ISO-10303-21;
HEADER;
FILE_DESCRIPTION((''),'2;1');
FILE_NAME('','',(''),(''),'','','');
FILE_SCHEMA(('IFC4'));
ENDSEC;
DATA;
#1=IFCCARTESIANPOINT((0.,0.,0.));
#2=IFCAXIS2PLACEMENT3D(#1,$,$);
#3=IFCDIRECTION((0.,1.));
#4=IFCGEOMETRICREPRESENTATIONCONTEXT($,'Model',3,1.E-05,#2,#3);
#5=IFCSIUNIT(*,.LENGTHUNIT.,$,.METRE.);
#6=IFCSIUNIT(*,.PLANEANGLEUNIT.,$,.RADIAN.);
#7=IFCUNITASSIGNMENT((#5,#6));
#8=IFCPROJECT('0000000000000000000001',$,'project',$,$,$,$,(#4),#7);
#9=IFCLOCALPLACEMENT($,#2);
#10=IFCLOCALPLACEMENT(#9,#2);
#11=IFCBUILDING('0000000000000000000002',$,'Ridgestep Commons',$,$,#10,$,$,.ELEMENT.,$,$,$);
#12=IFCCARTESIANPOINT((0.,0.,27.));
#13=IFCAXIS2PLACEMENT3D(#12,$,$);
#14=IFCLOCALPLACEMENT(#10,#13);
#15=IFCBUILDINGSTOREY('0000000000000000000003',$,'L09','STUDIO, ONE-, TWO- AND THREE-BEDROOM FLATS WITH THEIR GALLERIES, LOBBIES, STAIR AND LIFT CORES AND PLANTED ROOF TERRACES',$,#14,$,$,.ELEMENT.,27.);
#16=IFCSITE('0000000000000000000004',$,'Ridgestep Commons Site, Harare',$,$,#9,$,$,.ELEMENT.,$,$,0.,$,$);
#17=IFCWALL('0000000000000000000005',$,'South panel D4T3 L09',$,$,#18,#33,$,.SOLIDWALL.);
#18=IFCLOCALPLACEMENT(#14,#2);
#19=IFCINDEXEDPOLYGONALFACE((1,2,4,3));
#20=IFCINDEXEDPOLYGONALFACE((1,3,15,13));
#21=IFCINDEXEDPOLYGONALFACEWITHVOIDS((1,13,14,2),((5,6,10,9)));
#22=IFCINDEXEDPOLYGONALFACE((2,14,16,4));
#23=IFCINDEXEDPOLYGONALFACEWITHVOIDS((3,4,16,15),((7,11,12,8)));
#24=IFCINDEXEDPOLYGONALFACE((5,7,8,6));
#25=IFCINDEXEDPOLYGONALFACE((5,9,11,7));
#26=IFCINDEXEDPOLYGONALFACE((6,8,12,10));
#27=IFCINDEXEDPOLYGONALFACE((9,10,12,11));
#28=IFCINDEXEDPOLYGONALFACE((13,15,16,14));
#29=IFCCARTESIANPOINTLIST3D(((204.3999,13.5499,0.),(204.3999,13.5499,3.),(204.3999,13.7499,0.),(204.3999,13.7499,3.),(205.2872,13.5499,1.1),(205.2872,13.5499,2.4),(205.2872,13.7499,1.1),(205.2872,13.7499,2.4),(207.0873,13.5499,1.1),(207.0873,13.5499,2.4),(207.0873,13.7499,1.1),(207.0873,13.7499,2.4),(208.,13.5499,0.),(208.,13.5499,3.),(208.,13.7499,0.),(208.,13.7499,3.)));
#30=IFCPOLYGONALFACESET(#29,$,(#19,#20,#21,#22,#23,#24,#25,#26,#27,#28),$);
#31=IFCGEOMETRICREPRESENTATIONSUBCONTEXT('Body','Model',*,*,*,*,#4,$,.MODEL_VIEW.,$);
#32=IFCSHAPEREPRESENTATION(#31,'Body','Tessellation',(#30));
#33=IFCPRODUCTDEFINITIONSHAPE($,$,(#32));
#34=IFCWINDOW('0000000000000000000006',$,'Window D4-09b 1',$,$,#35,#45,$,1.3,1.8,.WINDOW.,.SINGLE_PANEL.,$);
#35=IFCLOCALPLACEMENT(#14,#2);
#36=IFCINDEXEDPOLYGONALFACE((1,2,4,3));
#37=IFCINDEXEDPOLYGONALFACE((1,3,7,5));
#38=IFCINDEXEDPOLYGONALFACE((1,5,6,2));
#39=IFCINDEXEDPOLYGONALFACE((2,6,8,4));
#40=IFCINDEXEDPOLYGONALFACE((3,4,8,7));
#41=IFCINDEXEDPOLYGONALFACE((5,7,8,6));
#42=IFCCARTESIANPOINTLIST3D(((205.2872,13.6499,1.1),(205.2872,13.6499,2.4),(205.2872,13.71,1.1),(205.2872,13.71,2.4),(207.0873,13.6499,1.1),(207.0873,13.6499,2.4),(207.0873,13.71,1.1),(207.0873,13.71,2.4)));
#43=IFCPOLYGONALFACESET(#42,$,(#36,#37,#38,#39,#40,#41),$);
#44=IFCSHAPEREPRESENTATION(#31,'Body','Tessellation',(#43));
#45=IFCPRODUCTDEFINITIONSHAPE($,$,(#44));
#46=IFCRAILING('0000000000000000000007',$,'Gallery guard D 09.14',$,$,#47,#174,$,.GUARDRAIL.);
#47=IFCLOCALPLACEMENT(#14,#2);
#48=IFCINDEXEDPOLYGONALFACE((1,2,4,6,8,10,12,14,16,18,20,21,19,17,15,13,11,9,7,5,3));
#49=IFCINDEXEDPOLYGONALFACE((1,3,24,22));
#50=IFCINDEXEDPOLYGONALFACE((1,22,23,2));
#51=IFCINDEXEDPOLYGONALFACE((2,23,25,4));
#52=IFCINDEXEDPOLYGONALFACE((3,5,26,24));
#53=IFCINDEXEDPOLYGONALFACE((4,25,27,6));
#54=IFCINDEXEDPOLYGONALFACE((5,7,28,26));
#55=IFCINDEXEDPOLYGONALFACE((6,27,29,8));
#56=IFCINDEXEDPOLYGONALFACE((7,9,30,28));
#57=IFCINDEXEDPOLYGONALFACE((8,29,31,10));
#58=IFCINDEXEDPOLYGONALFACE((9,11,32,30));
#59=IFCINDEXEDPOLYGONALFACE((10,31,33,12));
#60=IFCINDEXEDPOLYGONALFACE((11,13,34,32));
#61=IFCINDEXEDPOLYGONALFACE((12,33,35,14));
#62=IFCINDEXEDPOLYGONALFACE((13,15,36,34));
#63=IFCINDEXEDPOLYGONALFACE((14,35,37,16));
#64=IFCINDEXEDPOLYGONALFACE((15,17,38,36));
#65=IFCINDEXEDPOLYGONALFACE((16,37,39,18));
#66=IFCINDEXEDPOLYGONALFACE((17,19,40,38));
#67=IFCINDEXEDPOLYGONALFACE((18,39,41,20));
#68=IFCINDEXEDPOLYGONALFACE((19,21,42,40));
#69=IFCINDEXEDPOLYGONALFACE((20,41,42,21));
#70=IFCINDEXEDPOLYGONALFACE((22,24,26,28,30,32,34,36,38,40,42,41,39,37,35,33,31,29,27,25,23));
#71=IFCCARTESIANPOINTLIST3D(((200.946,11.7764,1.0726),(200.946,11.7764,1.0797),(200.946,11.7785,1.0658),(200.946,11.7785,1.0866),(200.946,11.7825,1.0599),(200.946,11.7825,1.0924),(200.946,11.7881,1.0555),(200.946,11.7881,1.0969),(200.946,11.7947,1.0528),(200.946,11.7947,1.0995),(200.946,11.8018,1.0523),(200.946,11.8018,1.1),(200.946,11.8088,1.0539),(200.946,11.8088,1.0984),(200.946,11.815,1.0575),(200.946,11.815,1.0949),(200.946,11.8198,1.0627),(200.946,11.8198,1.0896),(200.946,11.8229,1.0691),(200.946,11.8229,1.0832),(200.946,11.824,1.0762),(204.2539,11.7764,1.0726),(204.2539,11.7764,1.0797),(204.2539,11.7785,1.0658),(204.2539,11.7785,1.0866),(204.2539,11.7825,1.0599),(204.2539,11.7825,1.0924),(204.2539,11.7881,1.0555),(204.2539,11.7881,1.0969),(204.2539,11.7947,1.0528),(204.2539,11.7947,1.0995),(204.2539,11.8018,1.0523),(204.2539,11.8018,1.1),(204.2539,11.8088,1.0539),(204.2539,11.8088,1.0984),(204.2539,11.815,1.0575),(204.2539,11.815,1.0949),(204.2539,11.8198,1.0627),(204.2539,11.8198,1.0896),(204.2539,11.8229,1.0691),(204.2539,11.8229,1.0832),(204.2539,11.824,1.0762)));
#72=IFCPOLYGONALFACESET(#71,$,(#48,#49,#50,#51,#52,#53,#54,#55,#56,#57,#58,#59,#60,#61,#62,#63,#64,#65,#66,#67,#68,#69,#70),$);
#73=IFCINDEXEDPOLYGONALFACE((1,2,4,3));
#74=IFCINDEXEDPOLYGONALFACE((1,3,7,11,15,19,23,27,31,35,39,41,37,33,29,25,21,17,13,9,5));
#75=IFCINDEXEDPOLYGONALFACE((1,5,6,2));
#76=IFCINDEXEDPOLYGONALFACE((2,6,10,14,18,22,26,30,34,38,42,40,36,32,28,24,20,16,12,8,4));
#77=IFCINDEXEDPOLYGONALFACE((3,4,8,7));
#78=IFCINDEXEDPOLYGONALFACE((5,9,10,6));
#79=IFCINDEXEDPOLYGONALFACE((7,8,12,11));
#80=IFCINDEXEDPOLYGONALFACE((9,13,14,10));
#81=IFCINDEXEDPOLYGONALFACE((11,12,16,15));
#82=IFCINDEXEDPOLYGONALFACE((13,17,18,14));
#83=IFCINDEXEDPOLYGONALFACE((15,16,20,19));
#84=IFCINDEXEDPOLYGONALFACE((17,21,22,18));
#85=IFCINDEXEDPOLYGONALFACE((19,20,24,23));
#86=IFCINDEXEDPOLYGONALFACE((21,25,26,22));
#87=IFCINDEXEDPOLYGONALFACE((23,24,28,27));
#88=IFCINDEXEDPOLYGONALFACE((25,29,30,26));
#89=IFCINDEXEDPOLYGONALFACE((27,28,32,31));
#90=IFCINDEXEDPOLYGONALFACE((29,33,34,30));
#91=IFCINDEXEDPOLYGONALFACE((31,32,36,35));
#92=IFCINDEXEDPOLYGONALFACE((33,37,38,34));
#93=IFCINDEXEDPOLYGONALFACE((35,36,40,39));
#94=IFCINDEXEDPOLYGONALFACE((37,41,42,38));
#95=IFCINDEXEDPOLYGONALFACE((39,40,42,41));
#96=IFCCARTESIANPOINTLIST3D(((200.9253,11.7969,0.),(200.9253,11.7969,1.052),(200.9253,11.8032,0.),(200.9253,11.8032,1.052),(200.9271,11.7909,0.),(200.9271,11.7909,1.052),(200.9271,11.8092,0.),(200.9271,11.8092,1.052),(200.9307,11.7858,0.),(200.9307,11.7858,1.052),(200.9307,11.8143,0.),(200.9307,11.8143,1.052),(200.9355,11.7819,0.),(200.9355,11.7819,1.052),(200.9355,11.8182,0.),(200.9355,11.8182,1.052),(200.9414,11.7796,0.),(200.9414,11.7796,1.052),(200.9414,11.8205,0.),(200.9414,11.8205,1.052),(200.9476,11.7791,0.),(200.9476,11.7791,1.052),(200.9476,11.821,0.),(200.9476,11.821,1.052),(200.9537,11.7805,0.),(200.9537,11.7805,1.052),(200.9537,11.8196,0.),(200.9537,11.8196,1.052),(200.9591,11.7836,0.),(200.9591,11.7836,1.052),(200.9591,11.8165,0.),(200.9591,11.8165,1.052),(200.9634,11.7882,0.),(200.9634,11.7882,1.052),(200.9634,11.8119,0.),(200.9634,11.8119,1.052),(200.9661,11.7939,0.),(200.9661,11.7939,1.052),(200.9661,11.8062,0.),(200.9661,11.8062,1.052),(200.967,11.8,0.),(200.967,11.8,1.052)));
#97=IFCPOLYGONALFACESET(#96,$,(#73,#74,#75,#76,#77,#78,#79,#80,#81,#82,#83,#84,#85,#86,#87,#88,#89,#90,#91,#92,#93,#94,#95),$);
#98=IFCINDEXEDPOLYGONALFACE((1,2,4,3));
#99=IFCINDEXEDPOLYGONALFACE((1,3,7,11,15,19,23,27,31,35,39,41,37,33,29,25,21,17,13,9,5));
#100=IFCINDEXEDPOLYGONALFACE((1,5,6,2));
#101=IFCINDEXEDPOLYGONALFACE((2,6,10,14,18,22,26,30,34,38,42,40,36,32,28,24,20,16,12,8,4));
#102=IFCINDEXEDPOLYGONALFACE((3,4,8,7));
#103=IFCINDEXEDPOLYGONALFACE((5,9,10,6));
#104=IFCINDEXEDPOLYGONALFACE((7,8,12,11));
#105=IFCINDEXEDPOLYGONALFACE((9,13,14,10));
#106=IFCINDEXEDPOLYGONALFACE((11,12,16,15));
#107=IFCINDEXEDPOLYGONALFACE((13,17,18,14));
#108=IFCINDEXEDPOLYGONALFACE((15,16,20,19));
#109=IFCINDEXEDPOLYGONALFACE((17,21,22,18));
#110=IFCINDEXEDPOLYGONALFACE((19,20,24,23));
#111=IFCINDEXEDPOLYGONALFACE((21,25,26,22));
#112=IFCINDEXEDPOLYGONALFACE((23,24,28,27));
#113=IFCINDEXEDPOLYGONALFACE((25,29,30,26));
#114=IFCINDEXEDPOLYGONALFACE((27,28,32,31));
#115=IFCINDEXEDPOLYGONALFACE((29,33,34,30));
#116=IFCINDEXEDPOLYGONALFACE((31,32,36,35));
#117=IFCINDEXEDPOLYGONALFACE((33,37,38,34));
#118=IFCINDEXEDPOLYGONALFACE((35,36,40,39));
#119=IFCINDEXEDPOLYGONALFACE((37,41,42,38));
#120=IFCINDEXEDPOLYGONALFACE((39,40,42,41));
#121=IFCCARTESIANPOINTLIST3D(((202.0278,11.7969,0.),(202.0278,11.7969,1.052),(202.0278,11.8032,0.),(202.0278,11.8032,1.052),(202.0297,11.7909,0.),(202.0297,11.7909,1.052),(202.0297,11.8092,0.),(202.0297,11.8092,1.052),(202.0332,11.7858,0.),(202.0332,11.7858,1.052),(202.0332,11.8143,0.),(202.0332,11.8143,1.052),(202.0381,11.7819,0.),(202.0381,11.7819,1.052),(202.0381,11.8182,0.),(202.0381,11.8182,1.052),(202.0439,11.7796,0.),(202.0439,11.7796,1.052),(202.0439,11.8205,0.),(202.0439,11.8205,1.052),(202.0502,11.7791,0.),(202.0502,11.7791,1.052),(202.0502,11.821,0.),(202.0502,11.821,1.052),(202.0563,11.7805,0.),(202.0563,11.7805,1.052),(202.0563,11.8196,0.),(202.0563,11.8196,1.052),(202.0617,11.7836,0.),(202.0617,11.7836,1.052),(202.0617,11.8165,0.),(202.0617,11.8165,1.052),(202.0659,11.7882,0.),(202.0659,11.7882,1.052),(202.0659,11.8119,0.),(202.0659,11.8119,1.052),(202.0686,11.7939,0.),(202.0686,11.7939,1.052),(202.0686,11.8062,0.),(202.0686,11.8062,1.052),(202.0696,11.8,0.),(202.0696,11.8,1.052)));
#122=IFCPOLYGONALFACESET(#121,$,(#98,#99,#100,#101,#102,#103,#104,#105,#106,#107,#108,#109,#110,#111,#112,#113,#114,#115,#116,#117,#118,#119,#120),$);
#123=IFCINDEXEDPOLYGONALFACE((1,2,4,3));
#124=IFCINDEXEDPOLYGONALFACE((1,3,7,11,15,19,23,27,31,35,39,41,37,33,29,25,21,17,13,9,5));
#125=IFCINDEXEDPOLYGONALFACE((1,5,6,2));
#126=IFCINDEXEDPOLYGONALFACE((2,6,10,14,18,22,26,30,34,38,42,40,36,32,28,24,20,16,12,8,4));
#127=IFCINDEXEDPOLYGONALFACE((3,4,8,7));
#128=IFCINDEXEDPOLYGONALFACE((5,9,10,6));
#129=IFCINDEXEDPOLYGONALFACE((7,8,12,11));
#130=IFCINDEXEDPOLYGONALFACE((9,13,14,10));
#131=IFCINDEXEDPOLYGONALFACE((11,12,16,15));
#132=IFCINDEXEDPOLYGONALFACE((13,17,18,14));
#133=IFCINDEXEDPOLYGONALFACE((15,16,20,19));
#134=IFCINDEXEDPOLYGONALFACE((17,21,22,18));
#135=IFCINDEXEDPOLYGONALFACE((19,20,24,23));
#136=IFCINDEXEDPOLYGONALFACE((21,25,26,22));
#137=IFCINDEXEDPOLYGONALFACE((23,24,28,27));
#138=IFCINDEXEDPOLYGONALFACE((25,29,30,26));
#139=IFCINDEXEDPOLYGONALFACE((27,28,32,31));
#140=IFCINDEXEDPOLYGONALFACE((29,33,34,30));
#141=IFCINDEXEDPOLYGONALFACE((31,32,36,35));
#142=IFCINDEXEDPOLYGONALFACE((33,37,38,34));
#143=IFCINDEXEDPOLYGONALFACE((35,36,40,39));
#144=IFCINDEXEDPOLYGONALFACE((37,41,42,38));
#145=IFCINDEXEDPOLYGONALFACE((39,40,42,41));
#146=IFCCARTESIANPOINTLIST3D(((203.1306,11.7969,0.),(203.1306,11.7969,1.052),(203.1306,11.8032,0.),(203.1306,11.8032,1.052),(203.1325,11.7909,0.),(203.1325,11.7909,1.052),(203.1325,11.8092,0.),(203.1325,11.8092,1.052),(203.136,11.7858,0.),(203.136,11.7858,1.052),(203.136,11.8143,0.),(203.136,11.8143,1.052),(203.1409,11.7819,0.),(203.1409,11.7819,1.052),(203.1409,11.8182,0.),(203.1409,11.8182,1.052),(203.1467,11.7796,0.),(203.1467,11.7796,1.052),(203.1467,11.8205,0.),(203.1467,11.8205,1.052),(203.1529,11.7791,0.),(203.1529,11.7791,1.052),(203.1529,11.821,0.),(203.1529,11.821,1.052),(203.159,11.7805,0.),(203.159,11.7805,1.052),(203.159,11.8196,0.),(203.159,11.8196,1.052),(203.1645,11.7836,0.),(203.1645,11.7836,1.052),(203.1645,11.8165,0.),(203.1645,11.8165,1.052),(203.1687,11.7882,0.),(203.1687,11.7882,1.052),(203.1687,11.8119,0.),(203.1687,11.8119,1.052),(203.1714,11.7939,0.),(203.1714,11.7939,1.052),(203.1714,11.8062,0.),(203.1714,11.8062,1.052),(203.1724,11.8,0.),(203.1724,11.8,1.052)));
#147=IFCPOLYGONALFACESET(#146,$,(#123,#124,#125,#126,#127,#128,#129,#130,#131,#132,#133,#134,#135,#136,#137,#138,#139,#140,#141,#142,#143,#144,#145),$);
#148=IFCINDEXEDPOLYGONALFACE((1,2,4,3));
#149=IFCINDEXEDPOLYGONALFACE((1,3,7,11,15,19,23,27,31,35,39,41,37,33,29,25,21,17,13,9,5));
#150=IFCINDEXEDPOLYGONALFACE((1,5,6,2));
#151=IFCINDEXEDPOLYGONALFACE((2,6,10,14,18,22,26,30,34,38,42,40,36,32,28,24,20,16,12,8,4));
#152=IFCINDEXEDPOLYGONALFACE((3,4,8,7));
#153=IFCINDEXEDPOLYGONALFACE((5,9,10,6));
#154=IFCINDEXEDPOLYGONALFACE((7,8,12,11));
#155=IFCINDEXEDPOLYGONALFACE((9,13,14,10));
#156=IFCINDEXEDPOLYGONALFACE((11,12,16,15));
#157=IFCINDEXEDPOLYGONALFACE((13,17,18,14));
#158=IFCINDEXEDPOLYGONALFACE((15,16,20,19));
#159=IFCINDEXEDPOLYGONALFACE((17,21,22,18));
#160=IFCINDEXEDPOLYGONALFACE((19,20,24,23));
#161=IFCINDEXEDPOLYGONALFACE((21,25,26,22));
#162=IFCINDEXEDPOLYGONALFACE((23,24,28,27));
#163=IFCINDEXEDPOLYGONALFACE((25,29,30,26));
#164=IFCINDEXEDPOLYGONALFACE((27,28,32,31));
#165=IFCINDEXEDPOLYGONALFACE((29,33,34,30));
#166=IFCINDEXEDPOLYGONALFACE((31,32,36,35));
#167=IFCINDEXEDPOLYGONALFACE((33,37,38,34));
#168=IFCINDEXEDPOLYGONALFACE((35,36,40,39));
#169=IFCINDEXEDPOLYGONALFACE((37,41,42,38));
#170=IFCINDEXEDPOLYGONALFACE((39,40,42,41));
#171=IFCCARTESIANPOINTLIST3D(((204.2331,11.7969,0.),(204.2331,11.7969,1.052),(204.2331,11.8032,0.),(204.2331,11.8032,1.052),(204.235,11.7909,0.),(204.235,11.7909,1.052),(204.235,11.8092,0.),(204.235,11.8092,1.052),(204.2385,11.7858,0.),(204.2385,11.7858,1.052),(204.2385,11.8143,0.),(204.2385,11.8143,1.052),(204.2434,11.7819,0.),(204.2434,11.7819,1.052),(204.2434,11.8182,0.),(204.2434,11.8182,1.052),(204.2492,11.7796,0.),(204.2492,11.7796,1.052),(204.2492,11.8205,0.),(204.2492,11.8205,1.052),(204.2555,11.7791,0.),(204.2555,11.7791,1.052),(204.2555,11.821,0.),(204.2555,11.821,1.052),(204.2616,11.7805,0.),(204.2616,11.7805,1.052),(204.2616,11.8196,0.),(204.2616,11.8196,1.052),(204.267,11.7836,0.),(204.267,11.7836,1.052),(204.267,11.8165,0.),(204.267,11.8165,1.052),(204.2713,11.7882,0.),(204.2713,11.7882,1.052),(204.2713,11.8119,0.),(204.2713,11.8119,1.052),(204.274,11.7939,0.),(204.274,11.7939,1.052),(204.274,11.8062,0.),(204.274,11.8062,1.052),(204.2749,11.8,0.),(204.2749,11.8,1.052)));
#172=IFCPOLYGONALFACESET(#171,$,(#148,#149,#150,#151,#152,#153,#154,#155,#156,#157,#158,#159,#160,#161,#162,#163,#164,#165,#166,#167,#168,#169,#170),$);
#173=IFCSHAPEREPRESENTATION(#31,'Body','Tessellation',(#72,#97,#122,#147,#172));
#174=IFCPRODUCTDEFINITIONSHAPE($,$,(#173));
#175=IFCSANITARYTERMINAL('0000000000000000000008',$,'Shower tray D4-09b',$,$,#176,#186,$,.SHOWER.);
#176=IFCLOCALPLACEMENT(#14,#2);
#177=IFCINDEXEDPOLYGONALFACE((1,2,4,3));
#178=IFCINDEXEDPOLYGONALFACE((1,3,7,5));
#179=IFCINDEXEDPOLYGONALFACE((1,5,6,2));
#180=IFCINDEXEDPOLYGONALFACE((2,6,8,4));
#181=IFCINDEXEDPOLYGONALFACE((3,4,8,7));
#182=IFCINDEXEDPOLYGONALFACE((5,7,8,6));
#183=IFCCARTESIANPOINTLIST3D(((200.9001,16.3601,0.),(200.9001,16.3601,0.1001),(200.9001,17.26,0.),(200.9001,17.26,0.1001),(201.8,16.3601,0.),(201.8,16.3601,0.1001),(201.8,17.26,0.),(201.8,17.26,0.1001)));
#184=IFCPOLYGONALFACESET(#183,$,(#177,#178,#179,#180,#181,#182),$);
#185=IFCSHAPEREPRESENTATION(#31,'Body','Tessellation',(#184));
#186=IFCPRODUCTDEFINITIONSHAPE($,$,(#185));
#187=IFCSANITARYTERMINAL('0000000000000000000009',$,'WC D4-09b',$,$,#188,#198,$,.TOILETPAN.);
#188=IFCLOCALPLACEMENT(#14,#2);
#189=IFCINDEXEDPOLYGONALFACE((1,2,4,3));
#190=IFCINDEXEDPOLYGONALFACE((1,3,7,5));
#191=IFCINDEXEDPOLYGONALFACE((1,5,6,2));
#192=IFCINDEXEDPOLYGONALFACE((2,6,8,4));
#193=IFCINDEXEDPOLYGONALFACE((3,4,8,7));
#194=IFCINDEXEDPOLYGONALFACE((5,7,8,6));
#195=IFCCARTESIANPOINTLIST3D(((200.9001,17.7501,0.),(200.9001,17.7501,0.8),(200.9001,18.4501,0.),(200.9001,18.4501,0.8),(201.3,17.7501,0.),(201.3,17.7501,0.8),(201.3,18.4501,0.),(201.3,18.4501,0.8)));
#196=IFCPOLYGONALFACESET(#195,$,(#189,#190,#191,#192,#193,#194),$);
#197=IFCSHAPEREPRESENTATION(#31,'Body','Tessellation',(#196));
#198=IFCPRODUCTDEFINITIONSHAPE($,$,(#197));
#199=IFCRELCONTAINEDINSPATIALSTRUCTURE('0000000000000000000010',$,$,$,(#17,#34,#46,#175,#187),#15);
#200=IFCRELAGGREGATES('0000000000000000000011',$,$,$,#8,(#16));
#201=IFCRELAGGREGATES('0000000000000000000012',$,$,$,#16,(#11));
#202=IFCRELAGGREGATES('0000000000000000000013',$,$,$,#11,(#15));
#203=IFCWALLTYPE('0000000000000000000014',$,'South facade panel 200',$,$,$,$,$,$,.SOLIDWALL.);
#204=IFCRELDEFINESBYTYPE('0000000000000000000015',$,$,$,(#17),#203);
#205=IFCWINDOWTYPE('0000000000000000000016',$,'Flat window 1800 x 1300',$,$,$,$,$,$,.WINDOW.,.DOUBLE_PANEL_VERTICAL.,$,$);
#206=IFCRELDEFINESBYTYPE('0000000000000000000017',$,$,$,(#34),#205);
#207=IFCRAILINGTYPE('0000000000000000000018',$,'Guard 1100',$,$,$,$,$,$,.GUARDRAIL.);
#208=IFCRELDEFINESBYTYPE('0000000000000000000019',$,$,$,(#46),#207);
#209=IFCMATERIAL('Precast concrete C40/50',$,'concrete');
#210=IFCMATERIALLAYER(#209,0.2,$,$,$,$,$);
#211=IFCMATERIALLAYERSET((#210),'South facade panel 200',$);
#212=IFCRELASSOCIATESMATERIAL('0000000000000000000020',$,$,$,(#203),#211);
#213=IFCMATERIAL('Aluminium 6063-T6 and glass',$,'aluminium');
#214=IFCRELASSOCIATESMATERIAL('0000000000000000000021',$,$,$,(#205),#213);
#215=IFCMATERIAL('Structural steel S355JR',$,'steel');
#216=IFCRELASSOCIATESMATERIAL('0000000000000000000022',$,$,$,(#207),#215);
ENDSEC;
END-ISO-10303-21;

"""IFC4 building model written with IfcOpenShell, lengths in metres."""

from ifc_helpers import new_model, si_unit, direction, frame, frame_2d, origin, origin_2d, place, context, subcontext, project, spatial, rectangle, circle, extrude, material, layer, layer_set, type_object, element, fill, save


model = new_model("IFC4")

# Units and contexts
model_context = context("Model", 3, precision=1e-05, world=origin(), true_north=direction((0.0, 1.0)))
body_context = subcontext(model_context, "Body", "Model", "MODEL_VIEW")
ifc_project = project(units=[si_unit("LENGTHUNIT", "METRE"), si_unit("PLANEANGLEUNIT", "RADIAN")], contexts=[model_context])

# Site, building, storey
site_placement = place(None, origin())
site = spatial("IfcSite", under=ifc_project, at=site_placement, Name="Ridgestep Commons Site, Harare", CompositionType="ELEMENT", RefElevation=0.0)
building_placement = place(site_placement, origin())
building = spatial("IfcBuilding", under=site, at=building_placement, Name="Ridgestep Commons", CompositionType="ELEMENT")
storey_placement = place(building_placement, frame((0.0, 0.0, 27.0)))
storey = spatial("IfcBuildingStorey", under=building, at=storey_placement, Name="L09", Description="STUDIO, ONE-, TWO- AND THREE-BEDROOM FLATS WITH THEIR GALLERIES, LOBBIES, STAIR AND LIFT CORES AND PLANTED ROOF TERRACES", CompositionType="ELEMENT", Elevation=27.0)

# Wall, opening, window
ifc_material_1 = material(Name="Precast concrete C40/50", Category="concrete")
ifc_layer_1 = layer(ifc_material_1, 0.2)
ifc_layer_set_1 = layer_set([ifc_layer_1], Name="South facade panel 200")
wall_type_1 = type_object("IfcWallType", Name="South facade panel 200", PredefinedType="SOLIDWALL", material=ifc_layer_set_1)
wall_1_placement = place(storey_placement, frame((204.3999, 13.6499, 0.0), z_axis=(0.0, 0.0, 1.0), x_axis=(1.0, 0.0, 0.0)))
wall_1 = element("IfcWall", 1, at=wall_1_placement, inside=storey, type_object=wall_type_1, Name="South panel D4T3 L09", PredefinedType="SOLIDWALL", context=body_context, shape_type="SweptSolid", body=[
    extrude(rectangle(XDim=3.6001, YDim=0.2, at=frame_2d((1.8, 0.0))), origin(), (0.0, 0.0, 1.0), 3.0),
])
opening_1_placement = place(wall_1_placement, frame((0.8875, 0.0, 1.1001)))
opening_1 = element("IfcOpeningElement", 2, at=opening_1_placement, cuts=wall_1, PredefinedType="OPENING", context=body_context, shape_type="SweptSolid", body=[
    extrude(rectangle(XDim=1.8, YDim=1.3, at=frame_2d((0.8999, 0.6499))), frame((0.0, 0.1099, 0.0), z_axis=(0.0, -1.0, 0.0), x_axis=(1.0, 0.0, 0.0)), (0.0, 0.0, 1.0), 0.22),
])
ifc_material_2 = material(Name="Aluminium 6063-T6 and glass", Category="aluminium")
window_type = type_object("IfcWindowType", Name="Flat window 1800 x 1300", PartitioningType="DOUBLE_PANEL_VERTICAL", PredefinedType="WINDOW", material=ifc_material_2)
window_placement = place(opening_1_placement, origin())
window = element("IfcWindow", 3, at=window_placement, inside=storey, type_object=window_type, Name="Window D4-09b 1", OverallHeight=1.3, OverallWidth=1.8, PartitioningType="SINGLE_PANEL", PredefinedType="WINDOW", context=body_context, shape_type="SweptSolid", body=[
    extrude(rectangle(XDim=1.8, YDim=1.3, at=frame_2d((0.8999, 0.6499))), frame((0.0, 0.0601, 0.0), z_axis=(0.0, -1.0, 0.0), x_axis=(1.0, 0.0, 0.0)), (0.0, 0.0, 1.0), 0.0601),
])
fill(opening_1, window)

# Railing
ifc_material_3 = material(Name="Structural steel S355JR", Category="steel")
railing_type = type_object("IfcRailingType", Name="Guard 1100", PredefinedType="GUARDRAIL", material=ifc_material_3)
railing_placement = place(storey_placement, frame((200.946, 11.8, 0.0)))
element("IfcRailing", 4, at=railing_placement, inside=storey, type_object=railing_type, Name="Gallery guard D 09.14", PredefinedType="GUARDRAIL", context=body_context, shape_type="SweptSolid", body=[
    extrude(circle(Radius=0.0239, at=origin_2d()), frame((0.0, 0.0, 1.0762), z_axis=(1.0, 0.0, 0.0), x_axis=(0.0, 1.0, 0.0)), (0.0, 0.0, 1.0), 3.3079),
    extrude(circle(Radius=0.021, at=origin_2d()), origin(), (0.0, 0.0, 1.0), 1.052),
    extrude(circle(Radius=0.021, at=origin_2d()), frame((1.1025, 0.0, 0.0)), (0.0, 0.0, 1.0), 1.052),
    extrude(circle(Radius=0.021, at=origin_2d()), frame((2.2053, 0.0, 0.0)), (0.0, 0.0, 1.0), 1.052),
    extrude(circle(Radius=0.021, at=origin_2d()), frame((3.3079, 0.0, 0.0)), (0.0, 0.0, 1.0), 1.052),
])

# Sanitary terminals
sanitary_terminal_1_placement = place(storey_placement, frame((201.3501, 16.8101, 0.0), z_axis=(0.0, 0.0, 1.0), x_axis=(1.0, 0.0, 0.0)))
element("IfcSanitaryTerminal", 5, at=sanitary_terminal_1_placement, inside=storey, Name="Shower tray D4-09b", PredefinedType="SHOWER", context=body_context, shape_type="SweptSolid", body=[
    extrude(rectangle(XDim=0.8999, YDim=0.8999, at=origin_2d()), origin(), (0.0, 0.0, 1.0), 0.1001),
])
sanitary_terminal_2_placement = place(storey_placement, frame((201.1001, 18.1001, 0.0), z_axis=(0.0, 0.0, 1.0), x_axis=(1.0, 0.0, 0.0)))
element("IfcSanitaryTerminal", 6, at=sanitary_terminal_2_placement, inside=storey, Name="WC D4-09b", PredefinedType="TOILETPAN", context=body_context, shape_type="SweptSolid", body=[
    extrude(rectangle(XDim=0.3999, YDim=0.7, at=origin_2d()), origin(), (0.0, 0.0, 1.0), 0.8),
])

save(model, "model.ifc")
